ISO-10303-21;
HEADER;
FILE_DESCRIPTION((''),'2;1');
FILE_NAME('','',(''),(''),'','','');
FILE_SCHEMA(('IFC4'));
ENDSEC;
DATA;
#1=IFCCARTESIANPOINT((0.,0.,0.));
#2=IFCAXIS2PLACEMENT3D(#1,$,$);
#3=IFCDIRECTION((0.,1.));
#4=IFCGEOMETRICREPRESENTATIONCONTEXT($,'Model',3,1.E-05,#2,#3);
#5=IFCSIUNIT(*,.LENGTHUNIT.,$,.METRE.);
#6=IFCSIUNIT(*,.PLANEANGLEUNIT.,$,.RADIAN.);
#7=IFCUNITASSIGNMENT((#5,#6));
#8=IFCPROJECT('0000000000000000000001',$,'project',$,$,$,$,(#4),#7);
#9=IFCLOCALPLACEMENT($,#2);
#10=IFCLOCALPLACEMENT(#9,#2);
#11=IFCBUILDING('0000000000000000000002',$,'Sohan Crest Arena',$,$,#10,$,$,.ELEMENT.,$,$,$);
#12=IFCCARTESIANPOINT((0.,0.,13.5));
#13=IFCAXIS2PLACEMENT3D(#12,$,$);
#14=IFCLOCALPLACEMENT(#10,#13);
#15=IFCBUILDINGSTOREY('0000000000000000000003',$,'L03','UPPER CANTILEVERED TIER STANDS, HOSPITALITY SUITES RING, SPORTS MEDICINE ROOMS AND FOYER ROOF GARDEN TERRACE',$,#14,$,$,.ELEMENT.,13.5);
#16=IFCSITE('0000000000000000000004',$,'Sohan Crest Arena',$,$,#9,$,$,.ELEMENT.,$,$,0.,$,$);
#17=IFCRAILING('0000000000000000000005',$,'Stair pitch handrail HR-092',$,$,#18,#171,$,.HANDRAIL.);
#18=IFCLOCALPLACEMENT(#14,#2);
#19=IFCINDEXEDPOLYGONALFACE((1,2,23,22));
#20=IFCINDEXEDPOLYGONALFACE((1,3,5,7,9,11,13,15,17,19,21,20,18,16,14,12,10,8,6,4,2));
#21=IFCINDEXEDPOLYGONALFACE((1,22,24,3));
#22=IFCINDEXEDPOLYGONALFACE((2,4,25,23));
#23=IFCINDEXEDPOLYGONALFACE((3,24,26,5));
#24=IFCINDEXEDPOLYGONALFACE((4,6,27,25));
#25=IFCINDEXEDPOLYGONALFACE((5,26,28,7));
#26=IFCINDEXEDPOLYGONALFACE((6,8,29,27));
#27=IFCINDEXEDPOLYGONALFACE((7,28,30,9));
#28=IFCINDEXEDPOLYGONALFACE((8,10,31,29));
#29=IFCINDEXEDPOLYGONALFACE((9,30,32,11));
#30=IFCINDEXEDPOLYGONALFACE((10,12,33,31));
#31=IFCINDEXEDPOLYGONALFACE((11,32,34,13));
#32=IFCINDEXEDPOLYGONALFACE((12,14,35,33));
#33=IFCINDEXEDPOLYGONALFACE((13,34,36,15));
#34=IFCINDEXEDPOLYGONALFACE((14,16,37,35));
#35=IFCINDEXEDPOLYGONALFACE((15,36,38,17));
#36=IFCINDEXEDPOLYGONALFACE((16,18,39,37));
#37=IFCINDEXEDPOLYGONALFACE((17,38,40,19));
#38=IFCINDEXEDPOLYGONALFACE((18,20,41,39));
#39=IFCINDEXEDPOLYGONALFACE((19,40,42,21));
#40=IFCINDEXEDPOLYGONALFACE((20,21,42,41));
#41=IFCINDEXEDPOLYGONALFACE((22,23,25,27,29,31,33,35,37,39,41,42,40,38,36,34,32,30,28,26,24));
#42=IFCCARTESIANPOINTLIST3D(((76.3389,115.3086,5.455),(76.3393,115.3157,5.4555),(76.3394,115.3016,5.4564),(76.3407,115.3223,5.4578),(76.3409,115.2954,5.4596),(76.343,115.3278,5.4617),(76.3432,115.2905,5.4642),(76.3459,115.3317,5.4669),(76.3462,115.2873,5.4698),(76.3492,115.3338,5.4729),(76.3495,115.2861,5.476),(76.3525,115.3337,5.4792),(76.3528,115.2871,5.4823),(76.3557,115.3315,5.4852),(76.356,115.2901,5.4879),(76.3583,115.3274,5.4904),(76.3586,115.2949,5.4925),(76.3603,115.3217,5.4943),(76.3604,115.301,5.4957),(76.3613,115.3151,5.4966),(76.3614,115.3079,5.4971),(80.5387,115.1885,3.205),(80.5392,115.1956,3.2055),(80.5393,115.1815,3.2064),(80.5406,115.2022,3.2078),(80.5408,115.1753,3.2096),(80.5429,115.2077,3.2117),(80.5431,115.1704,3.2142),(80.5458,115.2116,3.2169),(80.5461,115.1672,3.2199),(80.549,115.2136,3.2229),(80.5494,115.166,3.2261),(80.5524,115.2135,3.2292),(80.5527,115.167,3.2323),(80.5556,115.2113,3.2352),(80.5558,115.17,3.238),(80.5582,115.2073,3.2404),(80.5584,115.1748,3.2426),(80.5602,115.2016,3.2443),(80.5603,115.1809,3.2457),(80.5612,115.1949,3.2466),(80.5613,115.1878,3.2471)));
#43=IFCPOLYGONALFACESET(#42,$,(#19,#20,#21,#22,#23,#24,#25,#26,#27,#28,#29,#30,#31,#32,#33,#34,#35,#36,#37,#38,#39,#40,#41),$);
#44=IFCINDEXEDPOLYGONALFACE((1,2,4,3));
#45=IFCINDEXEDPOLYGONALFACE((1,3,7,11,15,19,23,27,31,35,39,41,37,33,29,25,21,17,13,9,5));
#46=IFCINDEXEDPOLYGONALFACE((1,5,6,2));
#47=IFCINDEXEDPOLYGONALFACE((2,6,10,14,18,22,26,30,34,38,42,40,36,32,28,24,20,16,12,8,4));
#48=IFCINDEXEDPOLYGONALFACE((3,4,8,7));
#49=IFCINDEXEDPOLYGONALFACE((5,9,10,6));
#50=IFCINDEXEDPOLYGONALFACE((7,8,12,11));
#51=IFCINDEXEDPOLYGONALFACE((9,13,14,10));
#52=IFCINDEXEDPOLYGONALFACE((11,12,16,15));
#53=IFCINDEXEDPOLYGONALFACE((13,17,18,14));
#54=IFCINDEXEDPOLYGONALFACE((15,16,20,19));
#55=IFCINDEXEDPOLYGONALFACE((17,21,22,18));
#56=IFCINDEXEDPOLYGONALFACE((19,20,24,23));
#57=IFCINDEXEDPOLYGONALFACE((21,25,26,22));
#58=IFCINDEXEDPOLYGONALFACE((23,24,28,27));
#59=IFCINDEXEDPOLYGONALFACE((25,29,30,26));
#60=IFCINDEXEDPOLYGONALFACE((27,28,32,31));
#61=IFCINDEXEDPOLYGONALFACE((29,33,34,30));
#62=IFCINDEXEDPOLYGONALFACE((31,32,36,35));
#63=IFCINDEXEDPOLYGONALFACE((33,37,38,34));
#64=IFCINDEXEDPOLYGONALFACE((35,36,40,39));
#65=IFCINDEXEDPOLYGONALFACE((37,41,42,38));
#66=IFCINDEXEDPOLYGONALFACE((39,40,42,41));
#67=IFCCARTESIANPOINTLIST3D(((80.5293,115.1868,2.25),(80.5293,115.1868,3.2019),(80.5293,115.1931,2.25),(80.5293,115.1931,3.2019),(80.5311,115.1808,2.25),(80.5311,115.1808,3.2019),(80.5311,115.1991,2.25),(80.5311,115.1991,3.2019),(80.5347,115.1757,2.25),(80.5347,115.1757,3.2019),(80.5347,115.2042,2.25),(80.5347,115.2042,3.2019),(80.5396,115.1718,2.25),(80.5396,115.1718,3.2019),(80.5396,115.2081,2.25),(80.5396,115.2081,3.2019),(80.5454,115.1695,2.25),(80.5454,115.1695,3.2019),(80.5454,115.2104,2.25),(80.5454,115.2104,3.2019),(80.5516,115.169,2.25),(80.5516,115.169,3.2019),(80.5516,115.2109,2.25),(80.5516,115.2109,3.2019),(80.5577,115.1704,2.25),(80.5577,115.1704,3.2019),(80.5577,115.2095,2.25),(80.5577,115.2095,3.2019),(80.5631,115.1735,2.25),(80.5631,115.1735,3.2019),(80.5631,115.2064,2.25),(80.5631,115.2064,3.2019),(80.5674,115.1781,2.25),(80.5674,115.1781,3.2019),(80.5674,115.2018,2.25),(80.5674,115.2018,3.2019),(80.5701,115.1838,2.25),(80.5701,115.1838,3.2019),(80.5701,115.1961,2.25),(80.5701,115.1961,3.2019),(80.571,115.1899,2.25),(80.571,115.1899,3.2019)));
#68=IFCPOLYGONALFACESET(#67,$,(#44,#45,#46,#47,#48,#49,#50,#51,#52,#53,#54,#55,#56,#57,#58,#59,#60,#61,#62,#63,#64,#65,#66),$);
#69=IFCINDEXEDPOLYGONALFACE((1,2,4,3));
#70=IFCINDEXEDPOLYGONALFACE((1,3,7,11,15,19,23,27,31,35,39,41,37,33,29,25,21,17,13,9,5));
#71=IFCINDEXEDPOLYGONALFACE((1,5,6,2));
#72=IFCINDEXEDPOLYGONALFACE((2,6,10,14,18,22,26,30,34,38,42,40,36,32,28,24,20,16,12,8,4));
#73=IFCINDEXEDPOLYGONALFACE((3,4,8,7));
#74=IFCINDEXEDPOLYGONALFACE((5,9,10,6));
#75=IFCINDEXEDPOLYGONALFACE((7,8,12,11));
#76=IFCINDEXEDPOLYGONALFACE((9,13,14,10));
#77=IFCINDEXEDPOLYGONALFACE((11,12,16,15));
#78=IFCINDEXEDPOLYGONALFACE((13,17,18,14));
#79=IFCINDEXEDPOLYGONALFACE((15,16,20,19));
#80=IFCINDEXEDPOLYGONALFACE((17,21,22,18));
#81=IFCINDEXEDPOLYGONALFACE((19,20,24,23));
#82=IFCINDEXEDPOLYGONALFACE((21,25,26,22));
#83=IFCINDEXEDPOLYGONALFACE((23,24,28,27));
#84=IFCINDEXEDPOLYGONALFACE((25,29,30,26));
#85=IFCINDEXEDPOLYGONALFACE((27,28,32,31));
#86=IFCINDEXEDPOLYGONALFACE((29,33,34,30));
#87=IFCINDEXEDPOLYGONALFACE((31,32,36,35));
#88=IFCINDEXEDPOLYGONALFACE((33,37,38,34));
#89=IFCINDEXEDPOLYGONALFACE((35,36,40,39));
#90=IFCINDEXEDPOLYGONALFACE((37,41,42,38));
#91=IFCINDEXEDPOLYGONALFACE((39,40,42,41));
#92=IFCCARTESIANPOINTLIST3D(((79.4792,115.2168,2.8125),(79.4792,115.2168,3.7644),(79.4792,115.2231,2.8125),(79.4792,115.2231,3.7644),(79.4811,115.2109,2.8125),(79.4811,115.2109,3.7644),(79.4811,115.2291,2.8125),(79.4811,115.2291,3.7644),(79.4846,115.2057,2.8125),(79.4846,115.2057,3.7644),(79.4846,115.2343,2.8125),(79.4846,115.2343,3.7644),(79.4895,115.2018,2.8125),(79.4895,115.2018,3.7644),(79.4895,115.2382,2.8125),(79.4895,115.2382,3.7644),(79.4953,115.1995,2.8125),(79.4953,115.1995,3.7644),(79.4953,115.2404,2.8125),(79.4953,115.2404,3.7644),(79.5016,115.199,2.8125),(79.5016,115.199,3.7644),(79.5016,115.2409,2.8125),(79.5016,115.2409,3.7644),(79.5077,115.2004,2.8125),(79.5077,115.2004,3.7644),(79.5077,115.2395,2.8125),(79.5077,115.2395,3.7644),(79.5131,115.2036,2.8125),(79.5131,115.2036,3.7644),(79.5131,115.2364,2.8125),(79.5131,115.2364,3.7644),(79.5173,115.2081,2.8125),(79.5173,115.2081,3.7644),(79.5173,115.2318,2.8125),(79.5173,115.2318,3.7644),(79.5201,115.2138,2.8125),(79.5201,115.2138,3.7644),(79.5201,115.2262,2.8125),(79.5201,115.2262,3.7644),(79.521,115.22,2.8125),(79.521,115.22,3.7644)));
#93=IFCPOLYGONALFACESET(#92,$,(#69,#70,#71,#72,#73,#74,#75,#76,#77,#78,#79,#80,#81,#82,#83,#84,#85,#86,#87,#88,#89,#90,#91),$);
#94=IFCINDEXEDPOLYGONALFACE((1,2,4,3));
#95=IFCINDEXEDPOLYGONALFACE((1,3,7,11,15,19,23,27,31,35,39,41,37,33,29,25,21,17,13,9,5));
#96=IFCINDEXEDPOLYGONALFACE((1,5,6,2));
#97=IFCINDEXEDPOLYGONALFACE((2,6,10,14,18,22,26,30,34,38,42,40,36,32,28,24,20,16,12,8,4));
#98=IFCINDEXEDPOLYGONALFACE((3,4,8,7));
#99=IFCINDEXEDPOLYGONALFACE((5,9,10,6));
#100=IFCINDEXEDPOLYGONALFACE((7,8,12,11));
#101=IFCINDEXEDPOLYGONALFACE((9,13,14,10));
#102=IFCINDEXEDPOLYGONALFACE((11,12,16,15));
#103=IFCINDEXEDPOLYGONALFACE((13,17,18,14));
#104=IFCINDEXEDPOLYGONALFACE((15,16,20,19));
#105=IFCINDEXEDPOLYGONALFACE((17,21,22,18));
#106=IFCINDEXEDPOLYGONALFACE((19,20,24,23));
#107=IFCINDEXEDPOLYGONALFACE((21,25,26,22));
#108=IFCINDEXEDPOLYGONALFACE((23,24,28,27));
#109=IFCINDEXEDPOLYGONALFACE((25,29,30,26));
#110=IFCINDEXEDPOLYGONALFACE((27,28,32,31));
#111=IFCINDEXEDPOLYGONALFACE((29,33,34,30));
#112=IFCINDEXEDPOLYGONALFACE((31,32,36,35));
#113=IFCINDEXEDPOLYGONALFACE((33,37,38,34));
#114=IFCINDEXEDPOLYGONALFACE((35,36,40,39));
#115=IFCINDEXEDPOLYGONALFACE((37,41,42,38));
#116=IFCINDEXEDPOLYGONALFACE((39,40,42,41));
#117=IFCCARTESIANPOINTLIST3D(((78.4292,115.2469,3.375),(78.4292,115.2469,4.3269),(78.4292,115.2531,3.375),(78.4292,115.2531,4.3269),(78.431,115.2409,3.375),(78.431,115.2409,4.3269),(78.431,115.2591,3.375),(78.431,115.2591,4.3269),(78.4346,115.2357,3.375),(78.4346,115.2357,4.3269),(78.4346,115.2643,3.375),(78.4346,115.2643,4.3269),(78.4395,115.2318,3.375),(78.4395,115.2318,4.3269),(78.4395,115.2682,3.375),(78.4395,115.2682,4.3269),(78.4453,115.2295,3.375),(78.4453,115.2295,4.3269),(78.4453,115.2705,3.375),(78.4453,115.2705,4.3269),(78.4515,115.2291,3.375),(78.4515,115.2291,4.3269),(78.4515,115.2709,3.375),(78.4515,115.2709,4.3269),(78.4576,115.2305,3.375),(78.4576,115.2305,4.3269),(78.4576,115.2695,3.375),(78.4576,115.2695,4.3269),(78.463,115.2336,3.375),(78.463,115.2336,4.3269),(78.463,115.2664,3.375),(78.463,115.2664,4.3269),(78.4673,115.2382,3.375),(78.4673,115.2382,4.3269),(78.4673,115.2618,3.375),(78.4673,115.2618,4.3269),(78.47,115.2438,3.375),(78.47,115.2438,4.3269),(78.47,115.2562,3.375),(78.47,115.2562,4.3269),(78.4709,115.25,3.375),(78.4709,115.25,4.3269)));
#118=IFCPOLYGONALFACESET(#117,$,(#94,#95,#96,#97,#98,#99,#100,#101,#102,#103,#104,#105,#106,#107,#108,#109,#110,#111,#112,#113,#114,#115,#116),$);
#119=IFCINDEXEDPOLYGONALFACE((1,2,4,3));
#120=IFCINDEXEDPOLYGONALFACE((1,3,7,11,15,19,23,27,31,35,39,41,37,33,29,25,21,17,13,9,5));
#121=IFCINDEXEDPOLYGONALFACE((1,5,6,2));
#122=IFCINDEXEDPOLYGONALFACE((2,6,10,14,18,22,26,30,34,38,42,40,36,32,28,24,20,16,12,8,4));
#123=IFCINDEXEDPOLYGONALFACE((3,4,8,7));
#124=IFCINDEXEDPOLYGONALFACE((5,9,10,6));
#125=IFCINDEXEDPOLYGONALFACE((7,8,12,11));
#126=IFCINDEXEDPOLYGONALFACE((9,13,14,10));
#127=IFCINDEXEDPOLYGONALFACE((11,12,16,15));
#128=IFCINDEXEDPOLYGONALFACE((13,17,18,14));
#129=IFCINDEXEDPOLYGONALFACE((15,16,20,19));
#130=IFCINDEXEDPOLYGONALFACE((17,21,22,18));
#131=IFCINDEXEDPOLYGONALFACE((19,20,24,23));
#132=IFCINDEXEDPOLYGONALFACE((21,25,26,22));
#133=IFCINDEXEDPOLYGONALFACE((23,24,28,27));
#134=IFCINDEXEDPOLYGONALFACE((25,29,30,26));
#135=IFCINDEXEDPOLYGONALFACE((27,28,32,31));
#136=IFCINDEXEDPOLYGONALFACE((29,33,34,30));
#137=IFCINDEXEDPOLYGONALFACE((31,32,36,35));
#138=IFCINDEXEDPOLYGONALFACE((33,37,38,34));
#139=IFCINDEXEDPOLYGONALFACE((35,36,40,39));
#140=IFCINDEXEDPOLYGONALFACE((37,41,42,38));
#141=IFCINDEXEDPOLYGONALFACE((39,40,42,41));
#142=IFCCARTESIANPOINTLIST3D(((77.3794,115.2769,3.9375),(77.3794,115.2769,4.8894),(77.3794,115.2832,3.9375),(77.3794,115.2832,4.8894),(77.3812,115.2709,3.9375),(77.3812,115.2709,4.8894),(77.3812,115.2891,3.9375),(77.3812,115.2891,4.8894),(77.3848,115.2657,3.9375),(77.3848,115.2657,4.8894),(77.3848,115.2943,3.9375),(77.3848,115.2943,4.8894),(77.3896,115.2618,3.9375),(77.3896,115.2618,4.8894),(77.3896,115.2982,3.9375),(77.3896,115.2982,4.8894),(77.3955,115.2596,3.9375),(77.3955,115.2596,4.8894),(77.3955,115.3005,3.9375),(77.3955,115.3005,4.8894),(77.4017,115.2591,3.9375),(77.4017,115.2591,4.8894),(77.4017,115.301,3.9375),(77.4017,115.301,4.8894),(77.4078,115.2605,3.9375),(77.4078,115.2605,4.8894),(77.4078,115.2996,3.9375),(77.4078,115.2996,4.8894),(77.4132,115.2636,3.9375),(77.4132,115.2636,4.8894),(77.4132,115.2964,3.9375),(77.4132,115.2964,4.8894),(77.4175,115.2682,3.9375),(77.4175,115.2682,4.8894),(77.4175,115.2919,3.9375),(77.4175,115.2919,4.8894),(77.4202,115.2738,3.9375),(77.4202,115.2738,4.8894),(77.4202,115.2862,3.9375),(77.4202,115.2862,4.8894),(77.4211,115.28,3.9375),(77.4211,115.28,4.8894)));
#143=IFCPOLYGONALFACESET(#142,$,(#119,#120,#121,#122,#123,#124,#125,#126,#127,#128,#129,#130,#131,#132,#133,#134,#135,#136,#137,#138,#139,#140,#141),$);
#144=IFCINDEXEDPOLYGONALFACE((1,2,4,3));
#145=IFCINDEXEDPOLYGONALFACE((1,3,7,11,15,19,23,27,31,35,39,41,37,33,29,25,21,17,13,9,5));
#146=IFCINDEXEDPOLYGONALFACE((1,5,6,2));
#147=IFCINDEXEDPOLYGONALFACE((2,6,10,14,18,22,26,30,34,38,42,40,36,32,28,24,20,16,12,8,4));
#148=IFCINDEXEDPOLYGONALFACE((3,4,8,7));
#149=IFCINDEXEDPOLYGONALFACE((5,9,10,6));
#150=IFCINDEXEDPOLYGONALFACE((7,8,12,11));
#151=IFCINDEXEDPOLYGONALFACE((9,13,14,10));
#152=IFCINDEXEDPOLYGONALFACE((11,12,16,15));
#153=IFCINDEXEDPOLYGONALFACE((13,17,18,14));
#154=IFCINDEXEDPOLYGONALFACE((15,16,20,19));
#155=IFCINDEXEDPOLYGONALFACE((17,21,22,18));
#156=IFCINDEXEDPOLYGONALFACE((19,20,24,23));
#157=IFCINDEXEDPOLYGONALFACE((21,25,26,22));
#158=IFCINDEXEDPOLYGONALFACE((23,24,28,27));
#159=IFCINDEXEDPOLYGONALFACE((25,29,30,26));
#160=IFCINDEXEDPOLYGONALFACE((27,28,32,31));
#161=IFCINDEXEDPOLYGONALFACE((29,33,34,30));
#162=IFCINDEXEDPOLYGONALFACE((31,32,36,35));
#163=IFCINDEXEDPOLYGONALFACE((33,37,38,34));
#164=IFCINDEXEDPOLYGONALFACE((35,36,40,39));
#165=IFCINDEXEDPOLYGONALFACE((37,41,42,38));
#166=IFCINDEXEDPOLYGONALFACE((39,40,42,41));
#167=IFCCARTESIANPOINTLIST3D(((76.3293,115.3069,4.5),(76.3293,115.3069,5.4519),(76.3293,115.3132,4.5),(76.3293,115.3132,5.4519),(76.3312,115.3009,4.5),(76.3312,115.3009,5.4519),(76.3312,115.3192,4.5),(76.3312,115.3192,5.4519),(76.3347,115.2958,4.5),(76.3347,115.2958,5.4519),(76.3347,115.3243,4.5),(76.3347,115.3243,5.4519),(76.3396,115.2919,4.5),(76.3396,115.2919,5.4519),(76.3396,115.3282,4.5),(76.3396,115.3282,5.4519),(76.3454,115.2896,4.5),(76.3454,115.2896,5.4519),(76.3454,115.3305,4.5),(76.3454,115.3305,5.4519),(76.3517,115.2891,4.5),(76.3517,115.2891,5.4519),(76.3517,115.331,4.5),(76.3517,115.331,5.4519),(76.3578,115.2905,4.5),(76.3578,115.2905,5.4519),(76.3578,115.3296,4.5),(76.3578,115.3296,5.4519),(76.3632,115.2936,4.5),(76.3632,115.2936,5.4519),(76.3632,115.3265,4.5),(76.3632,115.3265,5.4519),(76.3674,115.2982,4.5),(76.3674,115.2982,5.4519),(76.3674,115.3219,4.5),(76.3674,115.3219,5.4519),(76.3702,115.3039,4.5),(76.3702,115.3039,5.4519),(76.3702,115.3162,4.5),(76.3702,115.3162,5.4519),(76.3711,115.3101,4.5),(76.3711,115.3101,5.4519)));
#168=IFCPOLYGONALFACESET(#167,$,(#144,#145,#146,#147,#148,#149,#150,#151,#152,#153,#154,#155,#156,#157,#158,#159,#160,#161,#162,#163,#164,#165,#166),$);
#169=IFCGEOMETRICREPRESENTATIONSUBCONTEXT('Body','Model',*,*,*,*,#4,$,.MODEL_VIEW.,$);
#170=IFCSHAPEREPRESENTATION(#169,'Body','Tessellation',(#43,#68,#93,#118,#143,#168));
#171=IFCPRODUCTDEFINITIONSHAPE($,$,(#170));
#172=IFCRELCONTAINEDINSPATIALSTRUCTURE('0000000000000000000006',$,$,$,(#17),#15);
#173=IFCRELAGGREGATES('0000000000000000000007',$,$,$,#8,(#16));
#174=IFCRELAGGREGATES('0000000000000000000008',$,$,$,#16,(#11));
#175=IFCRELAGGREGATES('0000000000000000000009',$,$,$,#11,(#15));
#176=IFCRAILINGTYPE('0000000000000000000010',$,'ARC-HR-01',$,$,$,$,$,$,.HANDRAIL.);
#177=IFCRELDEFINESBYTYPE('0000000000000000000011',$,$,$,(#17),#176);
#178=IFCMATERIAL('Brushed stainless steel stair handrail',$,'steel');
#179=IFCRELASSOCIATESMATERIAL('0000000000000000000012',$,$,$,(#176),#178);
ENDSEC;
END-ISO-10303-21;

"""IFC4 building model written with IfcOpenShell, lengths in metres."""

from ifc_helpers import new_model, si_unit, direction, frame, origin, origin_2d, place, context, subcontext, project, spatial, circle, extrude, material, type_object, element, save


model = new_model("IFC4")

# Units and contexts
model_context = context("Model", 3, precision=1e-05, world=origin(), true_north=direction((0.0, 1.0)))
body_context = subcontext(model_context, "Body", "Model", "MODEL_VIEW")
ifc_project = project(units=[si_unit("LENGTHUNIT", "METRE"), si_unit("PLANEANGLEUNIT", "RADIAN")], contexts=[model_context])

# Site, building, storey
site_placement = place(None, origin())
site = spatial("IfcSite", under=ifc_project, at=site_placement, Name="Sohan Crest Arena", CompositionType="ELEMENT", RefElevation=0.0)
building_placement = place(site_placement, origin())
building = spatial("IfcBuilding", under=site, at=building_placement, Name="Sohan Crest Arena", CompositionType="ELEMENT")
storey_placement = place(building_placement, frame((0.0, 0.0, 13.5)))
storey = spatial("IfcBuildingStorey", under=building, at=storey_placement, Name="L03", Description="UPPER CANTILEVERED TIER STANDS, HOSPITALITY SUITES RING, SPORTS MEDICINE ROOMS AND FOYER ROOF GARDEN TERRACE", CompositionType="ELEMENT", Elevation=13.5)

# Railing
ifc_material_1 = material(Name="Brushed stainless steel stair handrail", Category="steel")
railing_type_1 = type_object("IfcRailingType", Name="ARC-HR-01", PredefinedType="HANDRAIL", material=ifc_material_1)
railing_1_placement = place(storey_placement, frame((80.55, 115.1899, 2.25)))
element("IfcRailing", 1, at=railing_1_placement, inside=storey, type_object=railing_type_1, Name="Stair pitch handrail HR-092", PredefinedType="HANDRAIL", context=body_context, shape_type="SweptSolid", body=[
    extrude(circle(Radius=0.0239, at=origin_2d()), frame((0.0, 0.0, 0.9761), z_axis=(-0.881198, 0.025202, 0.472076), x_axis=(-0.028588, -0.999591, 0.0)), (0.0, 0.0, 1.0), 4.7661),
    extrude(circle(Radius=0.021, at=origin_2d()), origin(), (0.0, 0.0, 1.0), 0.9519),
    extrude(circle(Radius=0.021, at=origin_2d()), frame((-1.05, 0.03, 0.5625)), (0.0, 0.0, 1.0), 0.9519),
    extrude(circle(Radius=0.021, at=origin_2d()), frame((-2.1001, 0.0601, 1.125)), (0.0, 0.0, 1.0), 0.9519),
    extrude(circle(Radius=0.021, at=origin_2d()), frame((-3.1499, 0.0901, 1.6875)), (0.0, 0.0, 1.0), 0.9519),
    extrude(circle(Radius=0.021, at=origin_2d()), frame((-4.2, 0.1201, 2.25)), (0.0, 0.0, 1.0), 0.9519),
])

save(model, "model.ifc")
